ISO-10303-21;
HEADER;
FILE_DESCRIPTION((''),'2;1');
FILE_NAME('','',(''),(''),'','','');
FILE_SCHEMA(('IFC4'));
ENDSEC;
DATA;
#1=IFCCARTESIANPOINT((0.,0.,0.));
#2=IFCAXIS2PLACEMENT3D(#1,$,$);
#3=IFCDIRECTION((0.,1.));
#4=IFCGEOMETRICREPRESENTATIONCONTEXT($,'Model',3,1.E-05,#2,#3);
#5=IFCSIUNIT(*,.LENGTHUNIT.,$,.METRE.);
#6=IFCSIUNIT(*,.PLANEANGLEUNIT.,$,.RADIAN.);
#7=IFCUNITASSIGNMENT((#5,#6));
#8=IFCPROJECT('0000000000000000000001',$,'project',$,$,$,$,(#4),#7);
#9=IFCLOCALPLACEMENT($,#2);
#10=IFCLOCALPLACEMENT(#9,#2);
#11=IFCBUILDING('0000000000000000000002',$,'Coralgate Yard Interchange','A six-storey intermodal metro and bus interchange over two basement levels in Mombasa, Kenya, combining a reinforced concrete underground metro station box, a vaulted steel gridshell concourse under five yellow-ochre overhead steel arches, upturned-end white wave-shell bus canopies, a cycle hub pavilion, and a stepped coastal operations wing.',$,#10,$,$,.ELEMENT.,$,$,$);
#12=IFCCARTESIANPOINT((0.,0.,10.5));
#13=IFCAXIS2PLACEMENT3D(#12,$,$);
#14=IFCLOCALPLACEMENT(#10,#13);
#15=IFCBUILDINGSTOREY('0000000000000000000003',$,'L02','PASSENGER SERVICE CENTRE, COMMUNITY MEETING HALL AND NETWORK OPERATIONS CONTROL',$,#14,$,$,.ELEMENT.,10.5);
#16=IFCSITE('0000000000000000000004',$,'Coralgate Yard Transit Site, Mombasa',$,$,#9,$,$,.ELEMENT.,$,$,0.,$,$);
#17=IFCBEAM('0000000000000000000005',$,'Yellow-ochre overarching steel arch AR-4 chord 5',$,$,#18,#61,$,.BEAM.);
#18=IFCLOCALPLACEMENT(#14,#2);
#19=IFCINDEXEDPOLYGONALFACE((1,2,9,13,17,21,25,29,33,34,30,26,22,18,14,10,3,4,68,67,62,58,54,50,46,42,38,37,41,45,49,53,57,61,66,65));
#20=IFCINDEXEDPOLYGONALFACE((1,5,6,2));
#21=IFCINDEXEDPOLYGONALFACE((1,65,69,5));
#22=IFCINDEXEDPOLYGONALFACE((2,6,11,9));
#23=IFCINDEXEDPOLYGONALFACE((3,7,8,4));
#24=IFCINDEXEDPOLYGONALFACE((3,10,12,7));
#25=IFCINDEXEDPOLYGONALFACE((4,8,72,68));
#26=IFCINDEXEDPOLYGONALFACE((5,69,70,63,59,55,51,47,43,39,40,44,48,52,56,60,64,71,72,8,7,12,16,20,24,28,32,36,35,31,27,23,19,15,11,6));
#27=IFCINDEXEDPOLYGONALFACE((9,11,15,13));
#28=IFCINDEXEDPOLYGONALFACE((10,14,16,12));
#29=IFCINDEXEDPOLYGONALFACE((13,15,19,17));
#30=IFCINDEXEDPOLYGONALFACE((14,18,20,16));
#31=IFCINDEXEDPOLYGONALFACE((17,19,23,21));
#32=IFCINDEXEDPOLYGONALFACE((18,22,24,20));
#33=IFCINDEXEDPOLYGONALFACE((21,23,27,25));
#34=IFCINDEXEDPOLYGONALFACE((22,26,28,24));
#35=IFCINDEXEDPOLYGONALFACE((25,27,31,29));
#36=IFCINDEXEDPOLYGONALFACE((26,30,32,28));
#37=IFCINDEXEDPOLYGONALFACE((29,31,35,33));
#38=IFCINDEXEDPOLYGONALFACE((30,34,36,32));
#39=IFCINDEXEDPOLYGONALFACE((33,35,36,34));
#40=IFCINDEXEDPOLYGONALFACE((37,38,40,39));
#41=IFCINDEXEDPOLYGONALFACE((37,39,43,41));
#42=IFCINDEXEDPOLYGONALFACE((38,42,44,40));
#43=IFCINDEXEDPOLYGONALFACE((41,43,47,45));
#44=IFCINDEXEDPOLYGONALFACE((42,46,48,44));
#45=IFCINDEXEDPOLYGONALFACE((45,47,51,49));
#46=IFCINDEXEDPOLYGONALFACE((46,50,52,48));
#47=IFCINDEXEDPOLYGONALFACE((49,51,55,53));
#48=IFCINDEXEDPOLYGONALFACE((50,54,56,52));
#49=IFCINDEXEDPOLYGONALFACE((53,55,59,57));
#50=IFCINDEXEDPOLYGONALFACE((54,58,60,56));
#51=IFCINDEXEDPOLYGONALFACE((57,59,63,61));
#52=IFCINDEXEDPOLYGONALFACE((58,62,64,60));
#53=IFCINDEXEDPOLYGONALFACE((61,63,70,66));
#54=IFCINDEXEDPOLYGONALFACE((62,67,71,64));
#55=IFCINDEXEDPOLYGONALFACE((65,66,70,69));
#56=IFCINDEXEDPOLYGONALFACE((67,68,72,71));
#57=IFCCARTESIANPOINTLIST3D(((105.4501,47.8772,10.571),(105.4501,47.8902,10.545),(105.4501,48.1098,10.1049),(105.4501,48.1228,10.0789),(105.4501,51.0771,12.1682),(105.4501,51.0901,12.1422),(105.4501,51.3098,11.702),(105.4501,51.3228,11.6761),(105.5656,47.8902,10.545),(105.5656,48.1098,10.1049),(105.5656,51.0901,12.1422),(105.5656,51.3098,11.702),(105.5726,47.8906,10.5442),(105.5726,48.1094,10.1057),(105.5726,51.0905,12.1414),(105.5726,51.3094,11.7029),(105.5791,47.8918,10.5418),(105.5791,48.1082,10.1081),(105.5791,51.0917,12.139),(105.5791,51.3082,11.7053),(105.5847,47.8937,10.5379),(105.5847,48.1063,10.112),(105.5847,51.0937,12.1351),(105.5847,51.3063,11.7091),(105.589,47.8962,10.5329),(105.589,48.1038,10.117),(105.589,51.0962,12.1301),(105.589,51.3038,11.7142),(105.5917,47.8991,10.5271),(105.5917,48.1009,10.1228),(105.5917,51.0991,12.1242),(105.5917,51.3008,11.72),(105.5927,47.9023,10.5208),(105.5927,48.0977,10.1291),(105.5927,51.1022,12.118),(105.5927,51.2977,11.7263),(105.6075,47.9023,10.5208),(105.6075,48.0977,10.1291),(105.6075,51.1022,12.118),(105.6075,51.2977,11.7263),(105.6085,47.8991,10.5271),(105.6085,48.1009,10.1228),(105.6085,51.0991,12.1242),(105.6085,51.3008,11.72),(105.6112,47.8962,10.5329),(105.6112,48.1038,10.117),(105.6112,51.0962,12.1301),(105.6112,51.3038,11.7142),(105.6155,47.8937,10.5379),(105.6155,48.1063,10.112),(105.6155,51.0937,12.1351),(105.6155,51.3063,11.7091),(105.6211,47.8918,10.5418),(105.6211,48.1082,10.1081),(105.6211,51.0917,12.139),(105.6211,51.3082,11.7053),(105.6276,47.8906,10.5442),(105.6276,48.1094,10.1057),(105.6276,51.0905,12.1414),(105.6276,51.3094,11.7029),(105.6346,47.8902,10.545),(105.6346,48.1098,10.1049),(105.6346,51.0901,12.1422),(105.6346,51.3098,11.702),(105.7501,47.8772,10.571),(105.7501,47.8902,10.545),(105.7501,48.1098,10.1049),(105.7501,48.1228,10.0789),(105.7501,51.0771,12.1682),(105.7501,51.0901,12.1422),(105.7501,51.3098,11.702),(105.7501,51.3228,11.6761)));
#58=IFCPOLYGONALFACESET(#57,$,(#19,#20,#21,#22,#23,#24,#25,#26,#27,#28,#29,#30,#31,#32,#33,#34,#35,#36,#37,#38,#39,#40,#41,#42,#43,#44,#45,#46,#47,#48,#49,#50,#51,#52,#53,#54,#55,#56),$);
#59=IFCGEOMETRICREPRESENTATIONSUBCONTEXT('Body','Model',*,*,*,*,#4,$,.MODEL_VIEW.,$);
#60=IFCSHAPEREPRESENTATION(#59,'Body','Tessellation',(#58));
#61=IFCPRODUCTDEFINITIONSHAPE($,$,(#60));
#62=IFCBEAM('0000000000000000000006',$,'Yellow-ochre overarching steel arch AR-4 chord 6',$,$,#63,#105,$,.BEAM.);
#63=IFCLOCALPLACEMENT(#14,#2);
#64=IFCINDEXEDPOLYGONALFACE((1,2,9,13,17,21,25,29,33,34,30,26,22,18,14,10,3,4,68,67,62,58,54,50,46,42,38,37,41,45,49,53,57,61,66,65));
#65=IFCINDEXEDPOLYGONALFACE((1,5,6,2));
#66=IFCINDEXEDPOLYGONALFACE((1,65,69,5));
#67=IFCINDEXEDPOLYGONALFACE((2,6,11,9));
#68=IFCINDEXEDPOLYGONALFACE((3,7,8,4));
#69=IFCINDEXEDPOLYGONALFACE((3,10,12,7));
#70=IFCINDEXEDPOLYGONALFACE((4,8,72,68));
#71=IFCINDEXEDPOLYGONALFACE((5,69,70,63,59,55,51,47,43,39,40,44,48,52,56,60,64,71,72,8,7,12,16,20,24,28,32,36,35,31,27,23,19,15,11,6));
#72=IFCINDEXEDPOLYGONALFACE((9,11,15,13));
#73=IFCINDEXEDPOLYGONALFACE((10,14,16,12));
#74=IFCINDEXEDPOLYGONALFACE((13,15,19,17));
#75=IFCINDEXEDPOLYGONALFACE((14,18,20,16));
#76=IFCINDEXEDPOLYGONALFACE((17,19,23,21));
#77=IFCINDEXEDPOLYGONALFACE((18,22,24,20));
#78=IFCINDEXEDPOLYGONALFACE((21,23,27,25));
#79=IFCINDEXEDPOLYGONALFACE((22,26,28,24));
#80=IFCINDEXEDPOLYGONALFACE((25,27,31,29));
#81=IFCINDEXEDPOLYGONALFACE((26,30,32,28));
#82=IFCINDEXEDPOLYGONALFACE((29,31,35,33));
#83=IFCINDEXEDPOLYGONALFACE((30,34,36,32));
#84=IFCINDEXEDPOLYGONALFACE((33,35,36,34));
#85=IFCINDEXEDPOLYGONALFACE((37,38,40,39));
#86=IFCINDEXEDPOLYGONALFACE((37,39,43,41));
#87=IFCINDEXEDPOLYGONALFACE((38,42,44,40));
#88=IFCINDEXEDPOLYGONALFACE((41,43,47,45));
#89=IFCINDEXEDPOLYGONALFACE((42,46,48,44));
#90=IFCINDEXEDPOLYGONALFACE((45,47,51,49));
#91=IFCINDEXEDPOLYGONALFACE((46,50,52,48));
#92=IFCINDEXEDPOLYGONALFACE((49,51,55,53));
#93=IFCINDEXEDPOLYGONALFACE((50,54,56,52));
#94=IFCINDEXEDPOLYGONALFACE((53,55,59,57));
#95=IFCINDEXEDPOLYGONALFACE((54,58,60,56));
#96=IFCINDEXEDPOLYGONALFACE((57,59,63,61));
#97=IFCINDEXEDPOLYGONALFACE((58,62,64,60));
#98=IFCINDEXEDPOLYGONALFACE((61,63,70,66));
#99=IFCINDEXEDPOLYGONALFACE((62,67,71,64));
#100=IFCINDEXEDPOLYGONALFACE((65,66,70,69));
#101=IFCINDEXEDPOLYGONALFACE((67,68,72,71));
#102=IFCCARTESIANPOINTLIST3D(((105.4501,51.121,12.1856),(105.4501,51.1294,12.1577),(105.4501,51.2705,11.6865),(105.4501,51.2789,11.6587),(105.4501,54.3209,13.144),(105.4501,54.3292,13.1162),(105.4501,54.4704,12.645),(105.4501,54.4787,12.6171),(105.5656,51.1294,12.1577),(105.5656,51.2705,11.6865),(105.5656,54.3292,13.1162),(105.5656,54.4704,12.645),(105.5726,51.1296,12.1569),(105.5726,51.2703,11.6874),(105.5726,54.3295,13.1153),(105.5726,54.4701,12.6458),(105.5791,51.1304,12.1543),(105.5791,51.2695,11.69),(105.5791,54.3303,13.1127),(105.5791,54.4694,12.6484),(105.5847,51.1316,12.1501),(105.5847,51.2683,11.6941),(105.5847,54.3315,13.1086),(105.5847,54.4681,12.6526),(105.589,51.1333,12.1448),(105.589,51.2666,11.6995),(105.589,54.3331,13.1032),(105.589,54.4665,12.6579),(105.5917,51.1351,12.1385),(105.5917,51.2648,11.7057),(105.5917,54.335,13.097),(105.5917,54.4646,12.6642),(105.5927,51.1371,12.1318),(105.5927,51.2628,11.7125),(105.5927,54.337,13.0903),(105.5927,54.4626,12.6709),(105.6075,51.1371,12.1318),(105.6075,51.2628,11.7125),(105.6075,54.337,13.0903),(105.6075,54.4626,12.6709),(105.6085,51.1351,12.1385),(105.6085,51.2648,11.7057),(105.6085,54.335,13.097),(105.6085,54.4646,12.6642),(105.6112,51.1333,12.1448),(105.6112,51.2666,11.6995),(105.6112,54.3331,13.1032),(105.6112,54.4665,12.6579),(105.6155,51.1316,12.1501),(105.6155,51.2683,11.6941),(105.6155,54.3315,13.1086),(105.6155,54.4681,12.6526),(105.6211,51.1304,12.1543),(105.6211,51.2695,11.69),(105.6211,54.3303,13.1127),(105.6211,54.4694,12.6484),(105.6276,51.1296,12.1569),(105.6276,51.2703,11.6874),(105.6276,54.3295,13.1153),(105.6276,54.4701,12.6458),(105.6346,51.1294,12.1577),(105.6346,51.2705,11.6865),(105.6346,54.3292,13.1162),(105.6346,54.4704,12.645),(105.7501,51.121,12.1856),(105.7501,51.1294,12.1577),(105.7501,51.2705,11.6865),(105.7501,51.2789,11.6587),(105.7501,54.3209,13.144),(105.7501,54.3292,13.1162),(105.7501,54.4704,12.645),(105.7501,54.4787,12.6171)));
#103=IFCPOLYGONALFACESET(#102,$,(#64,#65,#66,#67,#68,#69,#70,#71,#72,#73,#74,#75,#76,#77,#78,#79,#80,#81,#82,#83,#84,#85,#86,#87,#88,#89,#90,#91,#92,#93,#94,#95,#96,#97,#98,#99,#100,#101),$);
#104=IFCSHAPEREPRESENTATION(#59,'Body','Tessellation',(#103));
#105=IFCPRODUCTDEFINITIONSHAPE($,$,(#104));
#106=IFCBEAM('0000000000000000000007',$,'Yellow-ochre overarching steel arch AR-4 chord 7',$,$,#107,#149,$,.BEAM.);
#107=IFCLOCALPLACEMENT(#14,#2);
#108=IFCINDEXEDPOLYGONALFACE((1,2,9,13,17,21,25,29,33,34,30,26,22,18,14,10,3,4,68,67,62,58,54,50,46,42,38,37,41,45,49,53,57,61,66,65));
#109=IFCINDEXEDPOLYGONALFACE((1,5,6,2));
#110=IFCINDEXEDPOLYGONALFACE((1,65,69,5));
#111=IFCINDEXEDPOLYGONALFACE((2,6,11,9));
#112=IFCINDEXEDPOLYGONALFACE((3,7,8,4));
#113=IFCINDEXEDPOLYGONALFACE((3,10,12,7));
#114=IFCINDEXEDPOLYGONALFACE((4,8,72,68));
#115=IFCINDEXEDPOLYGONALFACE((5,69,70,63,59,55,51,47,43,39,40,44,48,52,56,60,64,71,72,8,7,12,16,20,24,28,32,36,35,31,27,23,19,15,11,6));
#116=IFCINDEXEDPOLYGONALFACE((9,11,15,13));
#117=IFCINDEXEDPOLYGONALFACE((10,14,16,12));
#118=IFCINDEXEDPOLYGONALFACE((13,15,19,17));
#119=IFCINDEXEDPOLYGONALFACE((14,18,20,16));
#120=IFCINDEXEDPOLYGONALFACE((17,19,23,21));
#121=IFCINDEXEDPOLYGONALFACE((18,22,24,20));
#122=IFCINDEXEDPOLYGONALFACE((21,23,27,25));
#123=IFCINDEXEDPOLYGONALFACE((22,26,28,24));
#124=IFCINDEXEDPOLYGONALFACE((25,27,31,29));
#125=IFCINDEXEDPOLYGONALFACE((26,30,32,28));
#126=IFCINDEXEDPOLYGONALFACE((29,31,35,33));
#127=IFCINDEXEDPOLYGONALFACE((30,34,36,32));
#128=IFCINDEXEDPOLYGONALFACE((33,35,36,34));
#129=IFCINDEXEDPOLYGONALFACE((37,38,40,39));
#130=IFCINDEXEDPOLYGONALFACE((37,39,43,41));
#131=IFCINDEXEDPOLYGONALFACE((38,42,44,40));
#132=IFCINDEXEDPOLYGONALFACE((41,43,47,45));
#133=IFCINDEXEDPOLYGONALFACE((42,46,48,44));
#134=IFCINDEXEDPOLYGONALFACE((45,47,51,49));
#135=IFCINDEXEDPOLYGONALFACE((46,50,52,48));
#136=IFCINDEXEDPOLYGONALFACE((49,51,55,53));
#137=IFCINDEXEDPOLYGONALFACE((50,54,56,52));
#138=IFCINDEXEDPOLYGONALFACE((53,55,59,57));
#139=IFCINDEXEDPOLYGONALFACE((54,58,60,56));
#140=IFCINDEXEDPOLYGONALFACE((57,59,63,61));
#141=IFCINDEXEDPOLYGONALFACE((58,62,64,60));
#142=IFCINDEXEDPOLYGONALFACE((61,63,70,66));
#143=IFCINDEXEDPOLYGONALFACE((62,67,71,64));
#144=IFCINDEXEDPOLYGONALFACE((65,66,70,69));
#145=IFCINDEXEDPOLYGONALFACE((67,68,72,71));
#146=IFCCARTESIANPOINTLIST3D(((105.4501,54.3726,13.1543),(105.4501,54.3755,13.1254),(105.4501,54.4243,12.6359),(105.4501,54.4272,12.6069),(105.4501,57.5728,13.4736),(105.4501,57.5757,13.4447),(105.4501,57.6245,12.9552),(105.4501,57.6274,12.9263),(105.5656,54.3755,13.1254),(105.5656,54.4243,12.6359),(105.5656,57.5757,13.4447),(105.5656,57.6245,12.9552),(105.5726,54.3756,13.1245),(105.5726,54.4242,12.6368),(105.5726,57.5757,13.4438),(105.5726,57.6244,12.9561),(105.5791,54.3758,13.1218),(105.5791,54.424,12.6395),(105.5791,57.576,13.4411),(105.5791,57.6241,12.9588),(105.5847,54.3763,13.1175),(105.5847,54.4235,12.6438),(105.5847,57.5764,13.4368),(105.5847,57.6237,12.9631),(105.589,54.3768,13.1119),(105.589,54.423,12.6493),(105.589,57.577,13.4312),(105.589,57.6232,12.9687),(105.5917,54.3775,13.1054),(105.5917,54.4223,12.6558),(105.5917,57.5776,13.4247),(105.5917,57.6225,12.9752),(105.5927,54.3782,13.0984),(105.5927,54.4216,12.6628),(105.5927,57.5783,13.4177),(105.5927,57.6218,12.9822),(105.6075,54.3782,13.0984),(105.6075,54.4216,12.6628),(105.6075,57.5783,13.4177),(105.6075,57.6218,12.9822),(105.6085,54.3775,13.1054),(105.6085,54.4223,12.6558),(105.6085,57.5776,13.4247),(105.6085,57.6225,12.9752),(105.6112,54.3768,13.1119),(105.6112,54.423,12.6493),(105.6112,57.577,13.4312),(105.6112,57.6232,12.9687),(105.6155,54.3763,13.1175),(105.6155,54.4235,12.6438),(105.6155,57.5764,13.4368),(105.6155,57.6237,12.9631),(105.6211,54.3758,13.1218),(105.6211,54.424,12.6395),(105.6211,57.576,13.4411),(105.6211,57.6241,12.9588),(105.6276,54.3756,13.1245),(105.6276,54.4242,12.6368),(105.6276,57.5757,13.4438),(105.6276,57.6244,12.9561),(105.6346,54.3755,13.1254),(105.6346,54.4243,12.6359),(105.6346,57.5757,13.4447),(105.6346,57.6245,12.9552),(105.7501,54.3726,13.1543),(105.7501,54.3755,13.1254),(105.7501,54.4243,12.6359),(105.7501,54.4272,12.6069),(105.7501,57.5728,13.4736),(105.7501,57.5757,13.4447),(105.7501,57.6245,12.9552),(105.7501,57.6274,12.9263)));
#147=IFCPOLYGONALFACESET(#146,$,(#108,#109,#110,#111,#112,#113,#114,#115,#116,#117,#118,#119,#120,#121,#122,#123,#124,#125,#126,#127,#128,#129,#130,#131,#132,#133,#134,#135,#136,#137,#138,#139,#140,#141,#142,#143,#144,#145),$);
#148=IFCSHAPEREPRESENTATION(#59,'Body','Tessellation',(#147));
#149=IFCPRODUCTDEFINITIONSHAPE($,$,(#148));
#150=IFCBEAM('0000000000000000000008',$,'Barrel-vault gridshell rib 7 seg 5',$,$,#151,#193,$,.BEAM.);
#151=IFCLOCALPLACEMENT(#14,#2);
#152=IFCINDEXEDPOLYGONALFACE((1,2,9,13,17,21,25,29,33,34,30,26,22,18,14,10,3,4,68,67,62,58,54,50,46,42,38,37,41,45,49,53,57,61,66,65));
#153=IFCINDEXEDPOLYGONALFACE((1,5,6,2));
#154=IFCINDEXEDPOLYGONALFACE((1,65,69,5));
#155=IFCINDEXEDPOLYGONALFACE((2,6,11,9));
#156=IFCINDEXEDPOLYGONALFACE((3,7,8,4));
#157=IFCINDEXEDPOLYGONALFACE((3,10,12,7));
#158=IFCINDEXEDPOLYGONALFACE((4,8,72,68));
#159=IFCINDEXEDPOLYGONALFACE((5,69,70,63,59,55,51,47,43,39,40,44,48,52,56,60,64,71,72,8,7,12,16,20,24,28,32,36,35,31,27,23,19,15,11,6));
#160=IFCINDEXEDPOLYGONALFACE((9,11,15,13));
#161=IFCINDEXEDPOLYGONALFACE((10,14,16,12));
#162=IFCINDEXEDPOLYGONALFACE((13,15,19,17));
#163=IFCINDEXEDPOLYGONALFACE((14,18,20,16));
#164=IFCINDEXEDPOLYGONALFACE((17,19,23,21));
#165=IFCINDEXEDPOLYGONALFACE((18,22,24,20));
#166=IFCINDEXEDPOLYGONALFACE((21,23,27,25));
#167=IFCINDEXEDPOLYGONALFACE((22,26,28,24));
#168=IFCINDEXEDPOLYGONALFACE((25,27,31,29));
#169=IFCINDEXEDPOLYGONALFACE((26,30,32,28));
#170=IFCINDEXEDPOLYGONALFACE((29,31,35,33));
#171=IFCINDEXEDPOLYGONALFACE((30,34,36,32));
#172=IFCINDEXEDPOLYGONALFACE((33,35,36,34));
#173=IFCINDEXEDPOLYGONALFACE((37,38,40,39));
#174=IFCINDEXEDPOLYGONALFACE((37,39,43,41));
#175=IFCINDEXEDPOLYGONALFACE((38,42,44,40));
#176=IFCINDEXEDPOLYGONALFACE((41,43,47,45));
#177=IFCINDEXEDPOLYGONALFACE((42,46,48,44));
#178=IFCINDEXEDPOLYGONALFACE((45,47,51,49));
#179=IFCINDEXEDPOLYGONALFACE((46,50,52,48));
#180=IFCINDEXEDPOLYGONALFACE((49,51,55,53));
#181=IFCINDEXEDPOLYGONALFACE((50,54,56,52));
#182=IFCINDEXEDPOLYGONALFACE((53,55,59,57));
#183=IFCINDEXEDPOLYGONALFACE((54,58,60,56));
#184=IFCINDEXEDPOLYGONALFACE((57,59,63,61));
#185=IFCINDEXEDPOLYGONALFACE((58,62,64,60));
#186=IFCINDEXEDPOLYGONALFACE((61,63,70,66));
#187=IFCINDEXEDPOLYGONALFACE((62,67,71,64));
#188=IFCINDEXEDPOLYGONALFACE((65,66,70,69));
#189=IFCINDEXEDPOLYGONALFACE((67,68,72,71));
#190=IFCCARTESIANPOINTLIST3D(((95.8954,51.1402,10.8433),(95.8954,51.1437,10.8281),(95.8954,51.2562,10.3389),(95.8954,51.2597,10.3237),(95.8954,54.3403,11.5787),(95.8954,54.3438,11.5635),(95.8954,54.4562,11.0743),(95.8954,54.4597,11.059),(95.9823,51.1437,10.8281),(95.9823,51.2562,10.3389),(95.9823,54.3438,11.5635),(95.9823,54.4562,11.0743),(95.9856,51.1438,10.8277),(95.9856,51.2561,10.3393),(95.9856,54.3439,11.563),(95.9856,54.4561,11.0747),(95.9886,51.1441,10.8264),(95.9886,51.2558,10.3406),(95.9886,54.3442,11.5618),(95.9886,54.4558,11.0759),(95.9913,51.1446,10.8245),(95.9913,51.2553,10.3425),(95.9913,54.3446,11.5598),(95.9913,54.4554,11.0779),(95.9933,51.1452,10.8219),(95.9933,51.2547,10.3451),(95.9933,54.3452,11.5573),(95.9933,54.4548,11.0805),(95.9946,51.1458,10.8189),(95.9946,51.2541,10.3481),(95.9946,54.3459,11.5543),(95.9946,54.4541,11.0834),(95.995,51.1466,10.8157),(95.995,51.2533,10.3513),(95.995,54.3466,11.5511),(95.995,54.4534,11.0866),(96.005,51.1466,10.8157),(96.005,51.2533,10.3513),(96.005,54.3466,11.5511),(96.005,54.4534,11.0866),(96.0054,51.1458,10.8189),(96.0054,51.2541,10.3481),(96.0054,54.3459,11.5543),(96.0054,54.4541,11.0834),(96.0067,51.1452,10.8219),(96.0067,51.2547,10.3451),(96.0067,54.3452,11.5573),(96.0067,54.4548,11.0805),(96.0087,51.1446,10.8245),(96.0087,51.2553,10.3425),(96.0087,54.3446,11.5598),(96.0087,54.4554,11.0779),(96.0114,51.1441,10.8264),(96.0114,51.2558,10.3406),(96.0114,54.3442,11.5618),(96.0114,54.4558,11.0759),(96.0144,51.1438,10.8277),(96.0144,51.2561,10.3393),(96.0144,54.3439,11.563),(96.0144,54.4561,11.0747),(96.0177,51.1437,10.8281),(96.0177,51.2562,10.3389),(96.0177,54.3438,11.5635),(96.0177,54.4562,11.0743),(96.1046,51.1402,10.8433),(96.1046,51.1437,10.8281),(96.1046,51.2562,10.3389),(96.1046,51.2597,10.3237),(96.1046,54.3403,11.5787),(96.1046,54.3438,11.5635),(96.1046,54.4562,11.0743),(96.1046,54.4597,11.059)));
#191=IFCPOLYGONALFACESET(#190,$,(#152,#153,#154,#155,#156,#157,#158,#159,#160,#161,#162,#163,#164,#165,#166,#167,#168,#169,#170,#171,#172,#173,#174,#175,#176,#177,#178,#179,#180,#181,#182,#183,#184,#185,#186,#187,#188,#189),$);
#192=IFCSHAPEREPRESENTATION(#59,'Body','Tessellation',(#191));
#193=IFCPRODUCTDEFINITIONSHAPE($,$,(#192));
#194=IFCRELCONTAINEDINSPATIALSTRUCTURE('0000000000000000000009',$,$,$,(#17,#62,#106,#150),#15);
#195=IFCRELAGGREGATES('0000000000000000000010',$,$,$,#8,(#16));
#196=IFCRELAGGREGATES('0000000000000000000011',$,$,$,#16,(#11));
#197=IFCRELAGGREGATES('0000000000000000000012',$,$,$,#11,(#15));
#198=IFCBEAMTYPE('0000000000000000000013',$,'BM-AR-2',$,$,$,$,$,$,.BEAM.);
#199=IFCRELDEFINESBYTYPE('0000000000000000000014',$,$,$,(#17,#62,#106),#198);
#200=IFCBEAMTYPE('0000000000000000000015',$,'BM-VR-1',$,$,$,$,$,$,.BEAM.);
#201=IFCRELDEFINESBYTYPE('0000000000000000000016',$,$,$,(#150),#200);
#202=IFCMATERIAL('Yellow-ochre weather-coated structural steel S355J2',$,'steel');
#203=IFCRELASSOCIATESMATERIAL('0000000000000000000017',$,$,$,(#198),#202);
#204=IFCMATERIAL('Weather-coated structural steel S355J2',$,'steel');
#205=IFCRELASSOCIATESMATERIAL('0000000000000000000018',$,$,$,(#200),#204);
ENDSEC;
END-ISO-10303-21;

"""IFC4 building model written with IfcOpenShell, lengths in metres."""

from ifc_helpers import new_model, si_unit, direction, frame, origin, origin_2d, place, context, subcontext, project, spatial, i_section, extrude, material, material_profile, profile_set, type_object, element, save


model = new_model("IFC4")

# Units and contexts
model_context = context("Model", 3, precision=1e-05, world=origin(), true_north=direction((0.0, 1.0)))
body_context = subcontext(model_context, "Body", "Model", "MODEL_VIEW")
ifc_project = project(units=[si_unit("LENGTHUNIT", "METRE"), si_unit("PLANEANGLEUNIT", "RADIAN")], contexts=[model_context])

# Site, building, storey
site_placement = place(None, origin())
site = spatial("IfcSite", under=ifc_project, at=site_placement, Name="Coralgate Yard Transit Site, Mombasa", CompositionType="ELEMENT", RefElevation=0.0)
building_placement = place(site_placement, origin())
building = spatial("IfcBuilding", under=site, at=building_placement, Name="Coralgate Yard Interchange", Description="A six-storey intermodal metro and bus interchange over two basement levels in Mombasa, Kenya, combining a reinforced concrete underground metro station box, a vaulted steel gridshell concourse under five yellow-ochre overhead steel arches, upturned-end white wave-shell bus canopies, a cycle hub pavilion, and a stepped coastal operations wing.", CompositionType="ELEMENT")
storey_placement = place(building_placement, frame((0.0, 0.0, 10.5)))
storey = spatial("IfcBuildingStorey", under=building, at=storey_placement, Name="L02", Description="PASSENGER SERVICE CENTRE, COMMUNITY MEETING HALL AND NETWORK OPERATIONS CONTROL", CompositionType="ELEMENT", Elevation=10.5)

# Beams
ifc_material_1 = material(Name="Yellow-ochre weather-coated structural steel S355J2", Category="steel")
ifc_material_profile_1 = material_profile(ifc_material_1, i_section(OverallWidth=0.3, OverallDepth=0.55, WebThickness=0.0149, FlangeThickness=0.0291, FilletRadius=0.0271, at=origin_2d()), Name="HEB 550")
ifc_profile_set_1 = profile_set([ifc_material_profile_1], Name="Yellow-ochre weather-coated structural steel S355J2")
beam_type_1 = type_object("IfcBeamType", Name="BM-AR-2", PredefinedType="BEAM", material=ifc_profile_set_1)
beam_1_placement = place(storey_placement, frame((105.6001, 48.0, 10.325), z_axis=(0.0, 0.894741, 0.446585), x_axis=(-1.0, 0.0, 0.0)))
element("IfcBeam", 1, at=beam_1_placement, inside=storey, type_object=beam_type_1, Name="Yellow-ochre overarching steel arch AR-4 chord 5", PredefinedType="BEAM", context=body_context, shape_type="SweptSolid", body=[
    extrude(i_section(OverallWidth=0.3, OverallDepth=0.55, WebThickness=0.0149, FlangeThickness=0.0291, FilletRadius=0.0271, at=origin_2d()), origin(), (0.0, 0.0, 1.0), 3.5764),
])
beam_2_placement = place(storey_placement, frame((105.6001, 51.2, 11.9221), z_axis=(0.0, 0.957949, 0.286939), x_axis=(-1.0, 0.0, 0.0)))
element("IfcBeam", 2, at=beam_2_placement, inside=storey, type_object=beam_type_1, Name="Yellow-ochre overarching steel arch AR-4 chord 6", PredefinedType="BEAM", context=body_context, shape_type="SweptSolid", body=[
    extrude(i_section(OverallWidth=0.3, OverallDepth=0.55, WebThickness=0.0149, FlangeThickness=0.0291, FilletRadius=0.0271, at=origin_2d()), origin(), (0.0, 0.0, 1.0), 3.3403),
])
beam_3_placement = place(storey_placement, frame((105.6001, 54.3999, 12.8806), z_axis=(0.0, 0.995058, 0.099293), x_axis=(-1.0, 0.0, 0.0)))
element("IfcBeam", 3, at=beam_3_placement, inside=storey, type_object=beam_type_1, Name="Yellow-ochre overarching steel arch AR-4 chord 7", PredefinedType="BEAM", context=body_context, shape_type="SweptSolid", body=[
    extrude(i_section(OverallWidth=0.3, OverallDepth=0.55, WebThickness=0.0149, FlangeThickness=0.0291, FilletRadius=0.0271, at=origin_2d()), origin(), (0.0, 0.0, 1.0), 3.2161),
])
ifc_material_2 = material(Name="Weather-coated structural steel S355J2", Category="steel")
ifc_material_profile_2 = material_profile(ifc_material_2, i_section(OverallWidth=0.2092, OverallDepth=0.5332, WebThickness=0.01, FlangeThickness=0.0156, FilletRadius=0.0127, at=origin_2d()), Name="UB 533x210x92")
ifc_profile_set_2 = profile_set([ifc_material_profile_2], Name="Weather-coated structural steel S355J2")
beam_type_2 = type_object("IfcBeamType", Name="BM-VR-1", PredefinedType="BEAM", material=ifc_profile_set_2)
beam_4_placement = place(storey_placement, frame((96.0, 51.2, 10.5835), z_axis=(0.0, 0.974598, 0.223963), x_axis=(-1.0, 0.0, 0.0)))
element("IfcBeam", 4, at=beam_4_placement, inside=storey, type_object=beam_type_2, Name="Barrel-vault gridshell rib 7 seg 5", PredefinedType="BEAM", context=body_context, shape_type="SweptSolid", body=[
    extrude(i_section(OverallWidth=0.2092, OverallDepth=0.5332, WebThickness=0.01, FlangeThickness=0.0156, FilletRadius=0.0127, at=origin_2d()), origin(), (0.0, 0.0, 1.0), 3.2834),
])

save(model, "model.ifc")
